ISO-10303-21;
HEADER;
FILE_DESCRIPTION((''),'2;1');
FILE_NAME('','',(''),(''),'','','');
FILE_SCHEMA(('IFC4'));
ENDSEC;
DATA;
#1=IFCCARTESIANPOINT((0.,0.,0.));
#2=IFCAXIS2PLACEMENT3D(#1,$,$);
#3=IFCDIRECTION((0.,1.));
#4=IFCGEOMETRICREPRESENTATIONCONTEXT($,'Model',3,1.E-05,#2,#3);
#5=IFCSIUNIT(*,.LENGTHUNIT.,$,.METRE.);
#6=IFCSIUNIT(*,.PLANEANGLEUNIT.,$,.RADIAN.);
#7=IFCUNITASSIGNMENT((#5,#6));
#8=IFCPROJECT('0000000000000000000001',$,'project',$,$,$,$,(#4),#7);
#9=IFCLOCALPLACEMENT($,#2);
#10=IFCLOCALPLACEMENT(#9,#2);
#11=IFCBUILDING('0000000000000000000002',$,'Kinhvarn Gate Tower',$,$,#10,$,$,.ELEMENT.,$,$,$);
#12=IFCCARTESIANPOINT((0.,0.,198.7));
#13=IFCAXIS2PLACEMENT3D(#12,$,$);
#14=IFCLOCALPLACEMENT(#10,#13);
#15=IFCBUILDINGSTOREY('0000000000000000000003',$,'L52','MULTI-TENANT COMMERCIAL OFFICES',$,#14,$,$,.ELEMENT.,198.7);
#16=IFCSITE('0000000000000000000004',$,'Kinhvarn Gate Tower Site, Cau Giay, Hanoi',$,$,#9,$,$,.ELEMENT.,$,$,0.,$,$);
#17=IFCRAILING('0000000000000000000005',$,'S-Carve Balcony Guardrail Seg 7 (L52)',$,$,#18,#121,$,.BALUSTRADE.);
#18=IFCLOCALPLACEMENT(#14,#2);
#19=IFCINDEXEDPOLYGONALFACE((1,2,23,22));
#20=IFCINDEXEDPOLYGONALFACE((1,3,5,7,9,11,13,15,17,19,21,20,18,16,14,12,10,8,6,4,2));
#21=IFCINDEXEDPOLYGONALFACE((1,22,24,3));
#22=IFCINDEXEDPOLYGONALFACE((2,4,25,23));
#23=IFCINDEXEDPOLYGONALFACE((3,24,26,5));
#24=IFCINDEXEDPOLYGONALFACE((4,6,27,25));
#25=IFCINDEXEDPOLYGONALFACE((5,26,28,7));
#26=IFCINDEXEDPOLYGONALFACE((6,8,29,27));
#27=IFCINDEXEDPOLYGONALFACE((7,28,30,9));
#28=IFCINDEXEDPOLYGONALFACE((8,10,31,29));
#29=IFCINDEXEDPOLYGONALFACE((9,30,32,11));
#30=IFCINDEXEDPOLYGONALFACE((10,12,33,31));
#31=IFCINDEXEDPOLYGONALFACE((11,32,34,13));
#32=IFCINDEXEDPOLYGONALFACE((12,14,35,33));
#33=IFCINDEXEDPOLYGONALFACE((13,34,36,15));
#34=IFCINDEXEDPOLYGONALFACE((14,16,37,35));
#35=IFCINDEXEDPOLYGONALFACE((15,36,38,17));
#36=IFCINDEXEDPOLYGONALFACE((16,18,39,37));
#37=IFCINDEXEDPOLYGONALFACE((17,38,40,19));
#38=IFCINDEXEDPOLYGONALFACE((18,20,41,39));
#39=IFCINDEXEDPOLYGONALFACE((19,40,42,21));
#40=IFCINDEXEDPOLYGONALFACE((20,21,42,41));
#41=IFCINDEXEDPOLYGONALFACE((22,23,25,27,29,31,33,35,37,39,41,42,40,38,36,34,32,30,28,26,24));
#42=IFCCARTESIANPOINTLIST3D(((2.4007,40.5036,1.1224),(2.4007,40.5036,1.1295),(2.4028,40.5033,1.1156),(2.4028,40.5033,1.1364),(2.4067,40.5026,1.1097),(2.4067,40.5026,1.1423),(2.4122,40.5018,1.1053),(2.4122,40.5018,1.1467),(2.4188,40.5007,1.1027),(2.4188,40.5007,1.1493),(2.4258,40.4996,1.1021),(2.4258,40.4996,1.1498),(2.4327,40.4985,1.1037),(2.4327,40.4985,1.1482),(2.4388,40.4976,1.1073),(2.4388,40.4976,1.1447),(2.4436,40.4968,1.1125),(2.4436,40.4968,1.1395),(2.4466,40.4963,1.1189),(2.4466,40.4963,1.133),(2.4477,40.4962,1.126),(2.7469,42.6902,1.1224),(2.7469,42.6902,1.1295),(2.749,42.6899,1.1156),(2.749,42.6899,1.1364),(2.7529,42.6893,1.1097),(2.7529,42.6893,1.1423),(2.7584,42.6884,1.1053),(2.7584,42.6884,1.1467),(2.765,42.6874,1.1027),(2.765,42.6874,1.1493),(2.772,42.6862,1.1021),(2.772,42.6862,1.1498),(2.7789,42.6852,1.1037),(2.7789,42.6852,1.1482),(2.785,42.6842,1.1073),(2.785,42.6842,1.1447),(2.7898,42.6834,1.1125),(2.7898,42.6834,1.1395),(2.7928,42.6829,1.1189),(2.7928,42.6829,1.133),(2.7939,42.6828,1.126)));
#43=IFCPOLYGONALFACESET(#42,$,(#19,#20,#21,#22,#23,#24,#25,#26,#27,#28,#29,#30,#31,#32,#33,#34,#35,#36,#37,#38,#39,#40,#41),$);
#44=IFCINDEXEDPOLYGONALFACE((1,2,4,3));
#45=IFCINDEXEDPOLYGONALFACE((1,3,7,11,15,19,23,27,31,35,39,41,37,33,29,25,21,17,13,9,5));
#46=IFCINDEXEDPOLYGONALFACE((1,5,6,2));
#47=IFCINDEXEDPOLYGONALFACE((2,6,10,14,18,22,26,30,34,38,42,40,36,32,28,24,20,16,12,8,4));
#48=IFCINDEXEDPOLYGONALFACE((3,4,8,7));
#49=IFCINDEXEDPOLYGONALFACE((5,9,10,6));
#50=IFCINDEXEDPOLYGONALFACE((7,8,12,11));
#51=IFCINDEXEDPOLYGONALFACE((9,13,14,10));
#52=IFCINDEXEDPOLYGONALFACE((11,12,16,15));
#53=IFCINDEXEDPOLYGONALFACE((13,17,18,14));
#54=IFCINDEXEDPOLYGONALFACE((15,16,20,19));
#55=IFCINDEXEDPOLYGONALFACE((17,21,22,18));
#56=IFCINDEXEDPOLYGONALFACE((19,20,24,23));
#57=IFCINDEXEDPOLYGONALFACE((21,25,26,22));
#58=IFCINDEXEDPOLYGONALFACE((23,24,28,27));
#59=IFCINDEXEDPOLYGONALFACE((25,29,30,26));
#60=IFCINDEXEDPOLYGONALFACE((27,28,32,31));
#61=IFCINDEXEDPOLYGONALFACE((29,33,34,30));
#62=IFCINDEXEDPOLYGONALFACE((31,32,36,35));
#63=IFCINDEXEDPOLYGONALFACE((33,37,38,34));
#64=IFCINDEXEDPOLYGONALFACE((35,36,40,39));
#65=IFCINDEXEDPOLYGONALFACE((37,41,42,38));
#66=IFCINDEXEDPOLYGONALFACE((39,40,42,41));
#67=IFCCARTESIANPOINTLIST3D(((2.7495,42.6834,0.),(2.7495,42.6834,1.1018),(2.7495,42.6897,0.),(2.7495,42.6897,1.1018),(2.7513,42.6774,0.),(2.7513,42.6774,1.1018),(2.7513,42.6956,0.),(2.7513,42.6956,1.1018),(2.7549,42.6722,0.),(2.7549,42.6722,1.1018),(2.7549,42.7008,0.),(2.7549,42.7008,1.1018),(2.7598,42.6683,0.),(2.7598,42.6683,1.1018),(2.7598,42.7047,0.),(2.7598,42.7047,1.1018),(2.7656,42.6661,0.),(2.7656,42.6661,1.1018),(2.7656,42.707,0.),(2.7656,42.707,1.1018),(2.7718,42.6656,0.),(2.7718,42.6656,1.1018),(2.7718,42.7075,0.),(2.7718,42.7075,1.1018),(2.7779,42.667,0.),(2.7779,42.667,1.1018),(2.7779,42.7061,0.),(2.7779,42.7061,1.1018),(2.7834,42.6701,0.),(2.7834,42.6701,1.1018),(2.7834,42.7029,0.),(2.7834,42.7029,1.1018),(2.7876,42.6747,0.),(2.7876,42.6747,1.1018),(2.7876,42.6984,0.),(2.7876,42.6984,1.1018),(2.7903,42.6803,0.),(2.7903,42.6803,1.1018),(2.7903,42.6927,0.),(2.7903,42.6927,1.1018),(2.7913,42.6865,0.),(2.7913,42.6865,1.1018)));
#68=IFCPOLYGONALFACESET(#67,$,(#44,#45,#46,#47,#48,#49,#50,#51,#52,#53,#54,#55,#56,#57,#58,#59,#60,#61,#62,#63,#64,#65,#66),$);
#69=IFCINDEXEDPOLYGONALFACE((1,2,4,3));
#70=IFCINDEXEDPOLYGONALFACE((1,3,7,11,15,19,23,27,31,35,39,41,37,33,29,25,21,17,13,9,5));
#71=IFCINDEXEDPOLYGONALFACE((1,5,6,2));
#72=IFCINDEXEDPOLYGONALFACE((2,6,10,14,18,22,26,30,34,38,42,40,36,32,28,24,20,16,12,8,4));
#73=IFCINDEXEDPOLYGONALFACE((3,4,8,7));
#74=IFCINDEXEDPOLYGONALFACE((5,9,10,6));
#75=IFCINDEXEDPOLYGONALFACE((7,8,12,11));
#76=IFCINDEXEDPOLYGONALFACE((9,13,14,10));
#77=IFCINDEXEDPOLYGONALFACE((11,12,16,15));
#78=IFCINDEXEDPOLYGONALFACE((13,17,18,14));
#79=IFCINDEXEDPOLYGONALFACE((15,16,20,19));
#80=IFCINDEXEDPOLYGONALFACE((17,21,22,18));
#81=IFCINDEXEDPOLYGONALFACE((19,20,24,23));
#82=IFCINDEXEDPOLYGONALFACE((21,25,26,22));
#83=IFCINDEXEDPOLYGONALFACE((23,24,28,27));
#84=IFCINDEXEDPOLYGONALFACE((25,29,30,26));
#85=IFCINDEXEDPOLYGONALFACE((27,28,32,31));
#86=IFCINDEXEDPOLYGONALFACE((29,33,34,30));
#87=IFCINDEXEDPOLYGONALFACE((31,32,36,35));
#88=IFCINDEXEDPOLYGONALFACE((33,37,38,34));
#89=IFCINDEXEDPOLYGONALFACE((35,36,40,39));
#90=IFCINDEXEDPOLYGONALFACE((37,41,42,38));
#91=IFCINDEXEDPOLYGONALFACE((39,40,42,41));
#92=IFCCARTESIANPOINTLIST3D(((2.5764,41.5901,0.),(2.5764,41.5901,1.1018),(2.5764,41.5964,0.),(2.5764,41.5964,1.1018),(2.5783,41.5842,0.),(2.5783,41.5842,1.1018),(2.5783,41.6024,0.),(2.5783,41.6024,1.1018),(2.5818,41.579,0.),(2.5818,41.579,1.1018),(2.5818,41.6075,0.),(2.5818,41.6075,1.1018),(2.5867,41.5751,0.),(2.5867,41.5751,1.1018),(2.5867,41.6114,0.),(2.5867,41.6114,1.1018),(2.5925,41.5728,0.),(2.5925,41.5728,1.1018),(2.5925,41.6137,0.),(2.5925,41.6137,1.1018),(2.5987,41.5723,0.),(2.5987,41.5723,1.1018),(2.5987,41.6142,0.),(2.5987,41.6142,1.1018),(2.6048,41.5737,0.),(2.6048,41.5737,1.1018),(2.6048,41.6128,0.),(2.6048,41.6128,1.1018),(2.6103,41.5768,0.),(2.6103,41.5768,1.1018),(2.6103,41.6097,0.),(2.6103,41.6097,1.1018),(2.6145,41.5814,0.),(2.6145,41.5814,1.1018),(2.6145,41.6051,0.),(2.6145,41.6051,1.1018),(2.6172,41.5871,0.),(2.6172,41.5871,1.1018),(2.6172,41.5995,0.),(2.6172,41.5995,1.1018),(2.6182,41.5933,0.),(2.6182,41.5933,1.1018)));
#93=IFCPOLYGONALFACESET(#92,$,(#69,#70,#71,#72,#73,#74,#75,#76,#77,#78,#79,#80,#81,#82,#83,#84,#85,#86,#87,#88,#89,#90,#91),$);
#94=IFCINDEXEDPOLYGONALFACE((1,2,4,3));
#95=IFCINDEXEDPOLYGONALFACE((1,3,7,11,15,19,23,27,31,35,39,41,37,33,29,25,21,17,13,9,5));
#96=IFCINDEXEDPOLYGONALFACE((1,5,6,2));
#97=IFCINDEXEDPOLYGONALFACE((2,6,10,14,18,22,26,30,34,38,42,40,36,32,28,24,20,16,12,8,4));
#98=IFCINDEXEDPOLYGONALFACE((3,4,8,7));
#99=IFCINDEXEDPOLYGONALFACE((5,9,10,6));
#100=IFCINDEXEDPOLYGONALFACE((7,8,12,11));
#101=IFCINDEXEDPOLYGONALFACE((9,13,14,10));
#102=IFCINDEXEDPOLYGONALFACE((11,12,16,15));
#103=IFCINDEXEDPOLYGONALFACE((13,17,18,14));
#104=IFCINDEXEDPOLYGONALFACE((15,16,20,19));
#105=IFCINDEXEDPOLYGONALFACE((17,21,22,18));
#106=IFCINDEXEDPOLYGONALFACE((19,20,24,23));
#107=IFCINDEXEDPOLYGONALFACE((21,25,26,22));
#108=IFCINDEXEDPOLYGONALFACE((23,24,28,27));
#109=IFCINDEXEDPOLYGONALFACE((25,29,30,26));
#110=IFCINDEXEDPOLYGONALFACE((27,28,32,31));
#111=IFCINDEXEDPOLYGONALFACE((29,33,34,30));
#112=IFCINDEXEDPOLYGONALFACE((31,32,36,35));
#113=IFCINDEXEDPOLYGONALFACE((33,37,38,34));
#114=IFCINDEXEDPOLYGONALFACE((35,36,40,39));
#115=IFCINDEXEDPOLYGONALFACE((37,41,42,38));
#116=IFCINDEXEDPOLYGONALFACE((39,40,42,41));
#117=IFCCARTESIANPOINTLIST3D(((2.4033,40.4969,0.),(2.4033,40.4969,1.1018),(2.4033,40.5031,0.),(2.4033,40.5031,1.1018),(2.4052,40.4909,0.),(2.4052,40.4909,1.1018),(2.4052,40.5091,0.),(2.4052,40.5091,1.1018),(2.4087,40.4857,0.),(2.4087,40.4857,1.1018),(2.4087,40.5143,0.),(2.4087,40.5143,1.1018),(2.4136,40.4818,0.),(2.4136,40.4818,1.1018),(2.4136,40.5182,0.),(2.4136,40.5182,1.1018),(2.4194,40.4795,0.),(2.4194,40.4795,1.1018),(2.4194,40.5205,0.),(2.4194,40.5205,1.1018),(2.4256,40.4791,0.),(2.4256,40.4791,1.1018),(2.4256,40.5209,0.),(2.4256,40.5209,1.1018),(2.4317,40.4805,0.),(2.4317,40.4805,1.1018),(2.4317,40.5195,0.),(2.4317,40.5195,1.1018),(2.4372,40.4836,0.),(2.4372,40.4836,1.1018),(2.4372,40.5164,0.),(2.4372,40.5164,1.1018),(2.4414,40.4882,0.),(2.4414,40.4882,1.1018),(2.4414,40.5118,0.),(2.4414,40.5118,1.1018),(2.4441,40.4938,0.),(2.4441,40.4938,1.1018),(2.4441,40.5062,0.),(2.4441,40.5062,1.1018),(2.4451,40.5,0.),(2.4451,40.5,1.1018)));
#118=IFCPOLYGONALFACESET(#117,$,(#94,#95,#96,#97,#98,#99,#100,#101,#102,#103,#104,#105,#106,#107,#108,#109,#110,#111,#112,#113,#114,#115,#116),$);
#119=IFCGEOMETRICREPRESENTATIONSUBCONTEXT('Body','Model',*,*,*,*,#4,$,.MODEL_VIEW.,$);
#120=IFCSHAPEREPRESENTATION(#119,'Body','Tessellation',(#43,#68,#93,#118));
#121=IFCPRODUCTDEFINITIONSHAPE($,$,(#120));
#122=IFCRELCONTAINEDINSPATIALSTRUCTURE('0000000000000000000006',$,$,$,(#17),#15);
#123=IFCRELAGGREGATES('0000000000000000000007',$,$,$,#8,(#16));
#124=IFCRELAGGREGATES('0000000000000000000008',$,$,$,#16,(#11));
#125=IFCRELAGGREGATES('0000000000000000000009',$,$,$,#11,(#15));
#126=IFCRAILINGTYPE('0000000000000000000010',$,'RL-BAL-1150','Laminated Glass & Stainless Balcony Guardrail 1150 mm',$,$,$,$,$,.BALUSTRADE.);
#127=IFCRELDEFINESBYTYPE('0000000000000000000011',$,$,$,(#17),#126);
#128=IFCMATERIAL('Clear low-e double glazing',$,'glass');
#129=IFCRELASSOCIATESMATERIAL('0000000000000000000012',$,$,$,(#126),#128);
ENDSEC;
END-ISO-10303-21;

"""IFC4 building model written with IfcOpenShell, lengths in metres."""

from ifc_helpers import new_model, si_unit, direction, frame, origin, origin_2d, place, context, subcontext, project, spatial, circle, extrude, material, type_object, element, save


model = new_model("IFC4")

# Units and contexts
model_context = context("Model", 3, precision=1e-05, world=origin(), true_north=direction((0.0, 1.0)))
body_context = subcontext(model_context, "Body", "Model", "MODEL_VIEW")
ifc_project = project(units=[si_unit("LENGTHUNIT", "METRE"), si_unit("PLANEANGLEUNIT", "RADIAN")], contexts=[model_context])

# Site, building, storey
site_placement = place(None, origin())
site = spatial("IfcSite", under=ifc_project, at=site_placement, Name="Kinhvarn Gate Tower Site, Cau Giay, Hanoi", CompositionType="ELEMENT", RefElevation=0.0)
building_placement = place(site_placement, origin())
building = spatial("IfcBuilding", under=site, at=building_placement, Name="Kinhvarn Gate Tower", CompositionType="ELEMENT")
storey_placement = place(building_placement, frame((0.0, 0.0, 198.7)))
storey = spatial("IfcBuildingStorey", under=building, at=storey_placement, Name="L52", Description="MULTI-TENANT COMMERCIAL OFFICES", CompositionType="ELEMENT", Elevation=198.7)

# Shared definitions
ifc_material_1 = material(Name="Clear low-e double glazing", Category="glass")

# Railing
railing_type = type_object("IfcRailingType", Name="RL-BAL-1150", Description="Laminated Glass & Stainless Balcony Guardrail 1150 mm", PredefinedType="BALUSTRADE", material=ifc_material_1)
railing_1_placement = place(storey_placement, frame((2.7703, 42.6865, 0.0)))
element("IfcRailing", 1, at=railing_1_placement, inside=storey, type_object=railing_type, Name="S-Carve Balcony Guardrail Seg 7 (L52)", PredefinedType="BALUSTRADE", context=body_context, shape_type="SweptSolid", body=[
    extrude(circle(Radius=0.0239, at=origin_2d()), frame((0.0, 0.0, 1.126), z_axis=(-0.156382, -0.987697, 0.0), x_axis=(0.987697, -0.156382, 0.0)), (0.0, 0.0, 1.0), 2.2139),
    extrude(circle(Radius=0.021, at=origin_2d()), origin(), (0.0, 0.0, 1.0), 1.1018),
    extrude(circle(Radius=0.021, at=origin_2d()), frame((-0.1731, -1.0933, 0.0)), (0.0, 0.0, 1.0), 1.1018),
    extrude(circle(Radius=0.021, at=origin_2d()), frame((-0.3462, -2.1865, 0.0)), (0.0, 0.0, 1.0), 1.1018),
])

save(model, "model.ifc")
